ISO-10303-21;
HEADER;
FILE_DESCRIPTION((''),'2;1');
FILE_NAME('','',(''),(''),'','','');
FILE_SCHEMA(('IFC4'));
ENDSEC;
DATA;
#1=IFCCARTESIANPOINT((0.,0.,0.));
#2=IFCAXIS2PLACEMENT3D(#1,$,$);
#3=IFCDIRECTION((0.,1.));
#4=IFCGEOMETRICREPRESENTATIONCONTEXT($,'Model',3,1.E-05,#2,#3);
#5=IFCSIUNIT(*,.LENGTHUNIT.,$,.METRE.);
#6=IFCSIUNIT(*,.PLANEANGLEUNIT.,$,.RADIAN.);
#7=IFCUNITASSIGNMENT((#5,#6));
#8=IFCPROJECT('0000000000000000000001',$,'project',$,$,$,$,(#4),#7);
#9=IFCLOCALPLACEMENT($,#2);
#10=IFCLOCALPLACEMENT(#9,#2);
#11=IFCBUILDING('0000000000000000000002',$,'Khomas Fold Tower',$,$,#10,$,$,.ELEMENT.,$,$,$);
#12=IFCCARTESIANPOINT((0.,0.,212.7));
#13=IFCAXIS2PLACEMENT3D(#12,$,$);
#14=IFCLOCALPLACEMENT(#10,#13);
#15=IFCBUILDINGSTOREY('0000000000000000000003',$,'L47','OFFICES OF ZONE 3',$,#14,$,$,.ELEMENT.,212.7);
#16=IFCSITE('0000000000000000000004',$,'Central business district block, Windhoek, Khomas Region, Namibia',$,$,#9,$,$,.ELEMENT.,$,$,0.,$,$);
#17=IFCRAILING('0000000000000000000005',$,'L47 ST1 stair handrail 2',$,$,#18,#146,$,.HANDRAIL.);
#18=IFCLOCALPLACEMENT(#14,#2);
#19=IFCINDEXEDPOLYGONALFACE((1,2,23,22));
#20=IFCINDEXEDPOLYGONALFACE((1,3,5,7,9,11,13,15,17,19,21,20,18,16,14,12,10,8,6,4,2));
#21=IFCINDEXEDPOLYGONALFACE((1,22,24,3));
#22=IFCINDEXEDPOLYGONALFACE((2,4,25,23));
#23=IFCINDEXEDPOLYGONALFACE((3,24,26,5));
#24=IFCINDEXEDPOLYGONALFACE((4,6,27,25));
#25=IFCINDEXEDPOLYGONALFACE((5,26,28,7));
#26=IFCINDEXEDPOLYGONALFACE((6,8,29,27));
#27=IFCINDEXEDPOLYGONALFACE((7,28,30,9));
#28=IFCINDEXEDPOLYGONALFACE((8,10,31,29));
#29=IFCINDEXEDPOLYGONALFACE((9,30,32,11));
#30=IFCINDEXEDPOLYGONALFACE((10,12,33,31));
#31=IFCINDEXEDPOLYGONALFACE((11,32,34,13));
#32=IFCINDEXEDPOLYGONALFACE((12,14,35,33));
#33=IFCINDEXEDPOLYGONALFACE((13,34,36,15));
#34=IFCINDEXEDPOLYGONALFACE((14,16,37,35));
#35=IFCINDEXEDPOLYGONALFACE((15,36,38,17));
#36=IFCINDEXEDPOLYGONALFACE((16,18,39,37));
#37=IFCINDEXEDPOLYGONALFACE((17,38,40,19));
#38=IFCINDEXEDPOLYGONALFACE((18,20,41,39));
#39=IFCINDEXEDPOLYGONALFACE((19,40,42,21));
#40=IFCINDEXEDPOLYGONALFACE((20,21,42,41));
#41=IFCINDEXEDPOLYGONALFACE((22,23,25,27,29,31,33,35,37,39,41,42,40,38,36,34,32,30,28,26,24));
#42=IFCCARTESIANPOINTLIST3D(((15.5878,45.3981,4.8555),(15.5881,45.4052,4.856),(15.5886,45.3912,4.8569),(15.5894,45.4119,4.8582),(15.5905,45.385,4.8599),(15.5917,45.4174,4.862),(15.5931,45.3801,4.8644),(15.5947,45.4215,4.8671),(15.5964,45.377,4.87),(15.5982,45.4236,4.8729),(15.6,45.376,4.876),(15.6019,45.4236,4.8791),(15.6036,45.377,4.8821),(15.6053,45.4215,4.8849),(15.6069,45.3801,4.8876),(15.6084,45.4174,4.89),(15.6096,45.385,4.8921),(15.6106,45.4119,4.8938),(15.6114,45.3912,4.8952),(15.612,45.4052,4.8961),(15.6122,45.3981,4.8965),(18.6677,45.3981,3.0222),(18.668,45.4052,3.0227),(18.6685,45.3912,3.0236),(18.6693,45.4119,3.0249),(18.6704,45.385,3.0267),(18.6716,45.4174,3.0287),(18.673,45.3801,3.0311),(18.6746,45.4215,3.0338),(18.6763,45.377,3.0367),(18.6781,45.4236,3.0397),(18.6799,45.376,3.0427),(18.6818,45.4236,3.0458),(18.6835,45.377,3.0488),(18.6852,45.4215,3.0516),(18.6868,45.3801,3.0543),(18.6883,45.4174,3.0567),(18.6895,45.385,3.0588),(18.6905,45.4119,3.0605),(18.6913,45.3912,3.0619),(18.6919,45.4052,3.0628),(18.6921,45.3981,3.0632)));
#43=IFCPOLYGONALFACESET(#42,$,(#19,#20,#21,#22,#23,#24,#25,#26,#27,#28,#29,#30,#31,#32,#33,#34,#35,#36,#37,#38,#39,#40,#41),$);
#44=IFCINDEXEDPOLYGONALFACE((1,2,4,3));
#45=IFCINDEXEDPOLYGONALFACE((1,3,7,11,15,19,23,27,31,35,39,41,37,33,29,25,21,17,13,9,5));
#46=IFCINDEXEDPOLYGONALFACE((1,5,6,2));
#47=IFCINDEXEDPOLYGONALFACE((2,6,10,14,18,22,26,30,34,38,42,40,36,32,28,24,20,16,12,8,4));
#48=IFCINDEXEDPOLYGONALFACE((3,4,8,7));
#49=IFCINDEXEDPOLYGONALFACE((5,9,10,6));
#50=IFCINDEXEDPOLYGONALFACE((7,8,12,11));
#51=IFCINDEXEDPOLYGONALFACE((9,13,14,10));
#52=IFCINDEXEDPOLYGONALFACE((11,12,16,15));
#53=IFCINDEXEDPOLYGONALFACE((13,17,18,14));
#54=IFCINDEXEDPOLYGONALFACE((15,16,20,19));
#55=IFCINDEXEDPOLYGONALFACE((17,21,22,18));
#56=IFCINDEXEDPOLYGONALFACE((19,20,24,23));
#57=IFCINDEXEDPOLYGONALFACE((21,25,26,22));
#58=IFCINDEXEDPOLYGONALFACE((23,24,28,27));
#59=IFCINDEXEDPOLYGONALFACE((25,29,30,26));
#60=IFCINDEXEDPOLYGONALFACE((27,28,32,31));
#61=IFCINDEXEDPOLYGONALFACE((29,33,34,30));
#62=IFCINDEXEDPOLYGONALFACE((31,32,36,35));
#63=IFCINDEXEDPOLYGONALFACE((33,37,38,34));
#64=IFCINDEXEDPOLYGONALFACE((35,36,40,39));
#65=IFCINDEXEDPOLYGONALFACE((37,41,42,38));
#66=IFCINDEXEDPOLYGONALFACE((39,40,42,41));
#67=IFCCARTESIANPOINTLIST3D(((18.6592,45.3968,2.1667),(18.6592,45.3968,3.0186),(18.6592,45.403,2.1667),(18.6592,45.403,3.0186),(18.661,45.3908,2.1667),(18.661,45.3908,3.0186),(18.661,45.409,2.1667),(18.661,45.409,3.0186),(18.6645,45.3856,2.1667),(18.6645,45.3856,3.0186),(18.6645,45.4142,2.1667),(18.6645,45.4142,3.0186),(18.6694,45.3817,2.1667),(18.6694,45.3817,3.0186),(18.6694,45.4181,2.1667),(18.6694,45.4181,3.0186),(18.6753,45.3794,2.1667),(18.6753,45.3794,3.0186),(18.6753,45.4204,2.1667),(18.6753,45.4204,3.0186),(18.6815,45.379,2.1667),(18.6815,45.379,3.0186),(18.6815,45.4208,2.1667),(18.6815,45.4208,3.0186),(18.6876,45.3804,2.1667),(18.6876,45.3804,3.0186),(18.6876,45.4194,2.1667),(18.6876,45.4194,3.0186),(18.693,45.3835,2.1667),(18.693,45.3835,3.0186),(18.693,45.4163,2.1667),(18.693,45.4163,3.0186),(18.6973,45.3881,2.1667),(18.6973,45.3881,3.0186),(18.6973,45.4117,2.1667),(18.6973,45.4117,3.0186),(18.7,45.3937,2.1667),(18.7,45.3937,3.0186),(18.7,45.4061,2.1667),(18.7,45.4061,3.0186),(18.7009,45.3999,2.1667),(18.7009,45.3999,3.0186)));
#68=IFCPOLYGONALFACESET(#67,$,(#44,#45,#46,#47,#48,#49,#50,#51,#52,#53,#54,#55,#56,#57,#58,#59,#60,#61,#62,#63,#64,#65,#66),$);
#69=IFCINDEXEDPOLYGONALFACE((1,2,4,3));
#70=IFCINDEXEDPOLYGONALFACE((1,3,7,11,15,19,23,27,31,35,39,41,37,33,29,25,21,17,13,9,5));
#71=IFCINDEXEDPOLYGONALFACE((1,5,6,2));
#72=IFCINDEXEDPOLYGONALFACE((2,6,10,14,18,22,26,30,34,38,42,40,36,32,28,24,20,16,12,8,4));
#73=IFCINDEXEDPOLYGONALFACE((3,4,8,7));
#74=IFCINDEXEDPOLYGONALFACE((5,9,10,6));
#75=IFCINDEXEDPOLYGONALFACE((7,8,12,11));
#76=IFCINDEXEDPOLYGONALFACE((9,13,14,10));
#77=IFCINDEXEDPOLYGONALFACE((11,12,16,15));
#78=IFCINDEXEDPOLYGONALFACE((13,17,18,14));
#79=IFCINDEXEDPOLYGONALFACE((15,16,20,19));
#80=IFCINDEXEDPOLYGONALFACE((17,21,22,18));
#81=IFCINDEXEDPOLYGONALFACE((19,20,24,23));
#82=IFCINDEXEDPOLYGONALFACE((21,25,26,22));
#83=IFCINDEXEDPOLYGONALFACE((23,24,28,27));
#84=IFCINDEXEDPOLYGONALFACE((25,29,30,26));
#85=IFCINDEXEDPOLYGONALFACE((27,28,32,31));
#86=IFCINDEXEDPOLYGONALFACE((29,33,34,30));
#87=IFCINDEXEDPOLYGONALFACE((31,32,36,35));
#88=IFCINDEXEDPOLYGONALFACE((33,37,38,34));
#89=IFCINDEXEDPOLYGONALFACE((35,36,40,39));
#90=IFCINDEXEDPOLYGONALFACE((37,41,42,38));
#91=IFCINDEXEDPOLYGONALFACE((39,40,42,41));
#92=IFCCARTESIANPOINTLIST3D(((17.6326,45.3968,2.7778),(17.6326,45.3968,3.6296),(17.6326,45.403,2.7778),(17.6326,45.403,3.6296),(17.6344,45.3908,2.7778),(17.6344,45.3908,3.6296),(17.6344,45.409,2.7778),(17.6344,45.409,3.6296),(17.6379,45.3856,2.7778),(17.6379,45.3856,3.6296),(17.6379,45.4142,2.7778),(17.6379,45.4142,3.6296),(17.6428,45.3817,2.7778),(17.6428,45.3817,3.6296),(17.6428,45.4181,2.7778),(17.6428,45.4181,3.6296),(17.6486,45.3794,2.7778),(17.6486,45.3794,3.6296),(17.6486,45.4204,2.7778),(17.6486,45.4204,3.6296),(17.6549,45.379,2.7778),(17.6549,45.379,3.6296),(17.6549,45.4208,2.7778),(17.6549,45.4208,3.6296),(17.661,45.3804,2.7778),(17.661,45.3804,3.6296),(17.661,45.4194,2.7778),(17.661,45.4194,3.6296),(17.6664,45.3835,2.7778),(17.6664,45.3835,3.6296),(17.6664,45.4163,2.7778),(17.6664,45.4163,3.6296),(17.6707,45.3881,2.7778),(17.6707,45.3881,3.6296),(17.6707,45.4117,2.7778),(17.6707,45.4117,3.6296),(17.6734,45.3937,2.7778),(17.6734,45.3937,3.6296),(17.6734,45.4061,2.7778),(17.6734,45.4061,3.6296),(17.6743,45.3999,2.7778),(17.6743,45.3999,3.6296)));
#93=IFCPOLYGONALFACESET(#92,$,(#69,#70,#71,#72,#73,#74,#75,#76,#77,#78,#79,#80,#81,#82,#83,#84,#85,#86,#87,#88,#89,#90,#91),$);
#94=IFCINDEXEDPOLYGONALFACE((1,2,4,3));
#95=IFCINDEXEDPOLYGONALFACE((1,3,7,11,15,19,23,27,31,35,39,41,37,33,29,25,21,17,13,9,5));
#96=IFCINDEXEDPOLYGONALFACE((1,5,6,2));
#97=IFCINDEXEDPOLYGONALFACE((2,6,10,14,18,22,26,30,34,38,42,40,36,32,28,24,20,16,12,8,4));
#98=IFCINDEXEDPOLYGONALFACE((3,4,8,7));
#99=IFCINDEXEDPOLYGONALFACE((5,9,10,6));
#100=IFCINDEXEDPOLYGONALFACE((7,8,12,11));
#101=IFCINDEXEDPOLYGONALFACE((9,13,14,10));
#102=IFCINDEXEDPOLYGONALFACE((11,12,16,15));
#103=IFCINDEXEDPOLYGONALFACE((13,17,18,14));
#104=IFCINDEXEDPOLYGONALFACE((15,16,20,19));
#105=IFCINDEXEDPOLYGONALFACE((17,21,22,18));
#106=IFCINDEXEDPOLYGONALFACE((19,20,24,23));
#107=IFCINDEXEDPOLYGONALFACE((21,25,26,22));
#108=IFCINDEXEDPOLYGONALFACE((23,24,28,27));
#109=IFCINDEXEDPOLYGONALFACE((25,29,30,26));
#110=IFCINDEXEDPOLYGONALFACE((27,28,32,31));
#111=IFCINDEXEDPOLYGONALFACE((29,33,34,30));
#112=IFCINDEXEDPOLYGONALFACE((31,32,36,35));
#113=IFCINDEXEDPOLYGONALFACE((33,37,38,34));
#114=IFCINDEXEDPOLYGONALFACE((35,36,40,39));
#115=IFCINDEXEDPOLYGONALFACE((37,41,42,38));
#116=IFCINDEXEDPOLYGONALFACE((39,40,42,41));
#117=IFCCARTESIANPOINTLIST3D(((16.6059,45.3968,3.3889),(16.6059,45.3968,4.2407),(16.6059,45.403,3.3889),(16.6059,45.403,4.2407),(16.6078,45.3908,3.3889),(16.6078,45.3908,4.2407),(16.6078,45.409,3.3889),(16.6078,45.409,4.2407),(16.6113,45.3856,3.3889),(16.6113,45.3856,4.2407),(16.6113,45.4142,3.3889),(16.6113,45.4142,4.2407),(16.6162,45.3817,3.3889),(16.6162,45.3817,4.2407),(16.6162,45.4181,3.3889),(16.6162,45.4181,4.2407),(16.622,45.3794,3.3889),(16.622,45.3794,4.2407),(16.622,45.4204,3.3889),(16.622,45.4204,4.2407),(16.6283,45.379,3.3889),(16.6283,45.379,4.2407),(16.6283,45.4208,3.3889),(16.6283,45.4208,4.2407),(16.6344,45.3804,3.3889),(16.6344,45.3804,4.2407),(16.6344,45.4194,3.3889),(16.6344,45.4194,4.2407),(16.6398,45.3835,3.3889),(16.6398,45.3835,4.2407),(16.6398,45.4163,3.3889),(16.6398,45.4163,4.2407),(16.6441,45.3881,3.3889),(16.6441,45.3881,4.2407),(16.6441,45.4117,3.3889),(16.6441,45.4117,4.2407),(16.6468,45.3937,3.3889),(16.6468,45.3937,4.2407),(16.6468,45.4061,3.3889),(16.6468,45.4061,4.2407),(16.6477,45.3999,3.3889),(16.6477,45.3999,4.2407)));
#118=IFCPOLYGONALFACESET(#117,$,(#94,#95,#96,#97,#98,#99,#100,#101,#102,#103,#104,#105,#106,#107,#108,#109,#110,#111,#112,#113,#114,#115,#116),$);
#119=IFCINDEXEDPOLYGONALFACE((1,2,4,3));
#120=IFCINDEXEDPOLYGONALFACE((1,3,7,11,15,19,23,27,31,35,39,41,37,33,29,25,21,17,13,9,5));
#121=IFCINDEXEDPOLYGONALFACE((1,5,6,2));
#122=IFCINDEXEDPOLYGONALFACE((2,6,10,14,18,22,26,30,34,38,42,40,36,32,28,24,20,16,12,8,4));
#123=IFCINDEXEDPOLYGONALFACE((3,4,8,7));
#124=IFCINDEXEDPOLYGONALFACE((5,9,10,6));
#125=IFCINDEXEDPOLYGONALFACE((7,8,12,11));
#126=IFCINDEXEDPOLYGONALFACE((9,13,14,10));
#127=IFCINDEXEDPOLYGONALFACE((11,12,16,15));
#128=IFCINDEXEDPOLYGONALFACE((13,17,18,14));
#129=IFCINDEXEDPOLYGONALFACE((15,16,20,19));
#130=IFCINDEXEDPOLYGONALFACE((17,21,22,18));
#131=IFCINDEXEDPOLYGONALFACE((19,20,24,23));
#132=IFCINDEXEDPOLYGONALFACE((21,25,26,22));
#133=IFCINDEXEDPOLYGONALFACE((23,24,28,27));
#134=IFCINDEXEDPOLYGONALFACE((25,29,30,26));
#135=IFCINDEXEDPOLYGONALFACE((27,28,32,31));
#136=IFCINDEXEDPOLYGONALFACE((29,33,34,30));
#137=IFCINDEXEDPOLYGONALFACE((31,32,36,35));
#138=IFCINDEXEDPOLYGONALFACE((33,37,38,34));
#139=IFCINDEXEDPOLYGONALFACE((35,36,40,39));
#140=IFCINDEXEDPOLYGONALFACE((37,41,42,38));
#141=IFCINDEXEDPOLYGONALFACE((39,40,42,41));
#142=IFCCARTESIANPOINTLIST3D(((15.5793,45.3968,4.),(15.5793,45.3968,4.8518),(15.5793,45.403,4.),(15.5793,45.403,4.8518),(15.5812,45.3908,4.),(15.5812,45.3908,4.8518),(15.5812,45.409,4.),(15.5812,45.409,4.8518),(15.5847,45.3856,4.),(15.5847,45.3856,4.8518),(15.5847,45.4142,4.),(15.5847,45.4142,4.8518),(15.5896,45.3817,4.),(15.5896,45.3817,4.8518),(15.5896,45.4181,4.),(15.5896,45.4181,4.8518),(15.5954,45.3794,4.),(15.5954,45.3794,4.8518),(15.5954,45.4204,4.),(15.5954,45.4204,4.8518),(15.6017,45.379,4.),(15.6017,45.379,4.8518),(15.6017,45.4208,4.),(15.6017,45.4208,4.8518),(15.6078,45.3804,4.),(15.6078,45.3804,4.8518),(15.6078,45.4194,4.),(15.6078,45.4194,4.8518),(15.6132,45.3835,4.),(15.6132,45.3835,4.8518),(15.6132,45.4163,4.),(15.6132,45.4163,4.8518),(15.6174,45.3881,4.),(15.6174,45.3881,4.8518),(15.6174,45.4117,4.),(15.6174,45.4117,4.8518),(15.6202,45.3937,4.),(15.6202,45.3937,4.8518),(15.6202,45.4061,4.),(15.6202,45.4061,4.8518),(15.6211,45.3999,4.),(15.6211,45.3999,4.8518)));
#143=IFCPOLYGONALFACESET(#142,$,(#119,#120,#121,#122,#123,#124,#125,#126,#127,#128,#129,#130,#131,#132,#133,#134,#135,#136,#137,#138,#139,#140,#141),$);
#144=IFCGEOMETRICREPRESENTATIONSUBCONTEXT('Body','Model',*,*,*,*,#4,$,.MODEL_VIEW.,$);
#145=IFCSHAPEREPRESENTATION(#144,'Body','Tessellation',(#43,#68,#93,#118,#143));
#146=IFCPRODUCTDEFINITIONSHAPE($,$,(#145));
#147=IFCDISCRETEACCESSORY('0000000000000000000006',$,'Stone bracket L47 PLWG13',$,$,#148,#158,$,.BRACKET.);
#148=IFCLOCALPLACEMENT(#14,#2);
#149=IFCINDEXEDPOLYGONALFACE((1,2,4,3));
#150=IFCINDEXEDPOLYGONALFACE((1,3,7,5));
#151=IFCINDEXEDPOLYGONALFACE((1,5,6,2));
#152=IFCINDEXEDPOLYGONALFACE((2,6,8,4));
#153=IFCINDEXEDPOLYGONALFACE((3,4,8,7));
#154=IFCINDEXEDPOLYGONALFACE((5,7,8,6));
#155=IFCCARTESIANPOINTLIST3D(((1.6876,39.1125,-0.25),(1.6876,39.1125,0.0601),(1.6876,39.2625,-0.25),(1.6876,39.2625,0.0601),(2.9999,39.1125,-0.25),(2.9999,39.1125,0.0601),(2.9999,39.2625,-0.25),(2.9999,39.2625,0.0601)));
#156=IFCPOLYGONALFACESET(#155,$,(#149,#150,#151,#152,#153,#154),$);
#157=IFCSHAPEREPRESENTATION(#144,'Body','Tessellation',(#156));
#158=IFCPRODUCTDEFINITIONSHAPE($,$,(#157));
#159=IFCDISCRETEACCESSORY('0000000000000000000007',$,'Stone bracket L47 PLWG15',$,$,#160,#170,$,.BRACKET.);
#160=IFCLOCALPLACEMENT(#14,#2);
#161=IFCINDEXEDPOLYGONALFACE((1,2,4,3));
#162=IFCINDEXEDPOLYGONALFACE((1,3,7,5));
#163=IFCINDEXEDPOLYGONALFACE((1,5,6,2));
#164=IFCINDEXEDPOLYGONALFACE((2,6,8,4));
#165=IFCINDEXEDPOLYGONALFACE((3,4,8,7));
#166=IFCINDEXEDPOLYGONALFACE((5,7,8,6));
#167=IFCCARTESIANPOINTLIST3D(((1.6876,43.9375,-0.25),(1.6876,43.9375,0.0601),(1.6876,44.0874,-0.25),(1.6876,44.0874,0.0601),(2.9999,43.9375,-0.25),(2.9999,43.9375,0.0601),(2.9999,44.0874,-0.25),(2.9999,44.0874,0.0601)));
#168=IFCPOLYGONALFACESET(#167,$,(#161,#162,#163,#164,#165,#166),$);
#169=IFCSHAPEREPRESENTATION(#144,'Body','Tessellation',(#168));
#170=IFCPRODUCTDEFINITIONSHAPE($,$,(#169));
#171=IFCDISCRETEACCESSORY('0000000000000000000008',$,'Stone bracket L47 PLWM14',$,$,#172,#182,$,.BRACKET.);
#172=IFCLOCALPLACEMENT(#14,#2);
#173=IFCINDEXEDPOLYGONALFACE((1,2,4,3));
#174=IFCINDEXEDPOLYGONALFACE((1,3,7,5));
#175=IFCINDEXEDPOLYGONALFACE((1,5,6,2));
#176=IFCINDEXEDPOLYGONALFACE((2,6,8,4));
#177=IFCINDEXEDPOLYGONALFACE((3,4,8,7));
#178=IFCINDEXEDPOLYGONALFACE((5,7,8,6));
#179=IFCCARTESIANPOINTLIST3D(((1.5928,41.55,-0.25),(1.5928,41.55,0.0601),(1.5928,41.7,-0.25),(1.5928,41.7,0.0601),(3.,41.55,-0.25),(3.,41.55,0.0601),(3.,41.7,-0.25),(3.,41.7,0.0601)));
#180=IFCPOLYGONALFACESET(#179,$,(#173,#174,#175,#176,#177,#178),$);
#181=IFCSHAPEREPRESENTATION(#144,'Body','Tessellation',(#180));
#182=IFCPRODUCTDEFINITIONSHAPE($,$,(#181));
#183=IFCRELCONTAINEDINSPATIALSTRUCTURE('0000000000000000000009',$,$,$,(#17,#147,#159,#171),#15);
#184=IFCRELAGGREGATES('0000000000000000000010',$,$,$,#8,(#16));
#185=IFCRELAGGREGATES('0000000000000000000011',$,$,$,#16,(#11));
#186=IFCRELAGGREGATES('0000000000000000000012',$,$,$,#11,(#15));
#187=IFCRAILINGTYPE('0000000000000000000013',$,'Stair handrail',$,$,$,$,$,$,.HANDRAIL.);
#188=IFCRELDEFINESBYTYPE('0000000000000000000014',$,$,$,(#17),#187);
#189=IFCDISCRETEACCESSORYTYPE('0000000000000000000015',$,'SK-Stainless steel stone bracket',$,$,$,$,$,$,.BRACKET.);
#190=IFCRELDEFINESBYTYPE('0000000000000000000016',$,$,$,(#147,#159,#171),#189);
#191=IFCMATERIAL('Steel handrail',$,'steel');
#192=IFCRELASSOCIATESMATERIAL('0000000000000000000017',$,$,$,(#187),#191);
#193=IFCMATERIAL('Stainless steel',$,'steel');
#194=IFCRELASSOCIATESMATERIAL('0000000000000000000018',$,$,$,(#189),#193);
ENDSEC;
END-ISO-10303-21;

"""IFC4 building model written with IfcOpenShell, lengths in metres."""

from ifc_helpers import new_model, si_unit, direction, frame, origin, origin_2d, place, context, subcontext, project, spatial, rectangle, circle, extrude, source, transform, mapped, material, type_object, element, save


model = new_model("IFC4")

# Units and contexts
model_context = context("Model", 3, precision=1e-05, world=origin(), true_north=direction((0.0, 1.0)))
body_context = subcontext(model_context, "Body", "Model", "MODEL_VIEW")
ifc_project = project(units=[si_unit("LENGTHUNIT", "METRE"), si_unit("PLANEANGLEUNIT", "RADIAN")], contexts=[model_context])

# Site, building, storey
site_placement = place(None, origin())
site = spatial("IfcSite", under=ifc_project, at=site_placement, Name="Central business district block, Windhoek, Khomas Region, Namibia", CompositionType="ELEMENT", RefElevation=0.0)
building_placement = place(site_placement, origin())
building = spatial("IfcBuilding", under=site, at=building_placement, Name="Khomas Fold Tower", CompositionType="ELEMENT")
storey_placement = place(building_placement, frame((0.0, 0.0, 212.7)))
storey = spatial("IfcBuildingStorey", under=building, at=storey_placement, Name="L47", Description="OFFICES OF ZONE 3", CompositionType="ELEMENT", Elevation=212.7)

# Railing
ifc_material_1 = material(Name="Steel handrail", Category="steel")
railing_type_1 = type_object("IfcRailingType", Name="Stair handrail", PredefinedType="HANDRAIL", material=ifc_material_1)
shared_shape_1 = source(origin(), body_context, "Body", "SweptSolid", [
    extrude(circle(Radius=0.0239, at=origin_2d()), frame((0.0, 0.0, 0.876), z_axis=(-0.859291, 0.0, 0.511487), x_axis=(0.0, -1.0, 0.0)), (0.0, 0.0, 1.0), 3.5842),
    extrude(circle(Radius=0.021, at=origin_2d()), origin(), (0.0, 0.0, 1.0), 0.8518),
    extrude(circle(Radius=0.021, at=origin_2d()), frame((-1.0266, 0.0, 0.6111)), (0.0, 0.0, 1.0), 0.8518),
    extrude(circle(Radius=0.021, at=origin_2d()), frame((-2.0532, 0.0, 1.2222)), (0.0, 0.0, 1.0), 0.8518),
    extrude(circle(Radius=0.021, at=origin_2d()), frame((-3.0798, 0.0, 1.8333)), (0.0, 0.0, 1.0), 0.8518),
])
railing_1_placement = place(storey_placement, frame((18.6799, 45.3999, 2.1667)))
element("IfcRailing", 1, at=railing_1_placement, inside=storey, type_object=railing_type_1, Name="L47 ST1 stair handrail 2", PredefinedType="HANDRAIL", context=body_context, shape_type="MappedRepresentation", body=[
    mapped(shared_shape_1, transform((0.0, 0.0, 0.0))),
])

# Discrete accessories
ifc_material_2 = material(Name="Stainless steel", Category="steel")
discrete_accessory_type = type_object("IfcDiscreteAccessoryType", Name="SK-Stainless steel stone bracket", PredefinedType="BRACKET", material=ifc_material_2)
shared_shape_2 = source(origin(), body_context, "Body", "SweptSolid", [
    extrude(rectangle(XDim=1.3123, YDim=0.1499, at=origin_2d()), origin(), (0.0, 0.0, 1.0), 0.3101),
])
for number, where, z_axis, x_axis, name in (
    (2, (2.3438, 39.1875, -0.25), (0.0, 0.0, 1.0), (-1.0, 0.0, 0.0), "Stone bracket L47 PLWG13"),
    (3, (2.3438, 44.0125, -0.25), (0.0, 0.0, 1.0), (-1.0, 0.0, 0.0), "Stone bracket L47 PLWG15"),
):
    element("IfcDiscreteAccessory", number, at=place(storey_placement, frame(where, z_axis=z_axis, x_axis=x_axis)), inside=storey, type_object=discrete_accessory_type, Name=name, PredefinedType="BRACKET", context=body_context, shape_type="MappedRepresentation", body=[
        mapped(shared_shape_2, transform((0.0, 0.0, 0.0))),
    ])
shared_shape_3 = source(origin(), body_context, "Body", "SweptSolid", [
    extrude(rectangle(XDim=1.4072, YDim=0.1499, at=origin_2d()), origin(), (0.0, 0.0, 1.0), 0.3101),
])
discrete_accessory_placement = place(storey_placement, frame((2.2964, 41.625, -0.25), z_axis=(0.0, 0.0, 1.0), x_axis=(-1.0, 0.0, 0.0)))
element("IfcDiscreteAccessory", 4, at=discrete_accessory_placement, inside=storey, type_object=discrete_accessory_type, Name="Stone bracket L47 PLWM14", PredefinedType="BRACKET", context=body_context, shape_type="MappedRepresentation", body=[
    mapped(shared_shape_3, transform((0.0, 0.0, 0.0))),
])

save(model, "model.ifc")
